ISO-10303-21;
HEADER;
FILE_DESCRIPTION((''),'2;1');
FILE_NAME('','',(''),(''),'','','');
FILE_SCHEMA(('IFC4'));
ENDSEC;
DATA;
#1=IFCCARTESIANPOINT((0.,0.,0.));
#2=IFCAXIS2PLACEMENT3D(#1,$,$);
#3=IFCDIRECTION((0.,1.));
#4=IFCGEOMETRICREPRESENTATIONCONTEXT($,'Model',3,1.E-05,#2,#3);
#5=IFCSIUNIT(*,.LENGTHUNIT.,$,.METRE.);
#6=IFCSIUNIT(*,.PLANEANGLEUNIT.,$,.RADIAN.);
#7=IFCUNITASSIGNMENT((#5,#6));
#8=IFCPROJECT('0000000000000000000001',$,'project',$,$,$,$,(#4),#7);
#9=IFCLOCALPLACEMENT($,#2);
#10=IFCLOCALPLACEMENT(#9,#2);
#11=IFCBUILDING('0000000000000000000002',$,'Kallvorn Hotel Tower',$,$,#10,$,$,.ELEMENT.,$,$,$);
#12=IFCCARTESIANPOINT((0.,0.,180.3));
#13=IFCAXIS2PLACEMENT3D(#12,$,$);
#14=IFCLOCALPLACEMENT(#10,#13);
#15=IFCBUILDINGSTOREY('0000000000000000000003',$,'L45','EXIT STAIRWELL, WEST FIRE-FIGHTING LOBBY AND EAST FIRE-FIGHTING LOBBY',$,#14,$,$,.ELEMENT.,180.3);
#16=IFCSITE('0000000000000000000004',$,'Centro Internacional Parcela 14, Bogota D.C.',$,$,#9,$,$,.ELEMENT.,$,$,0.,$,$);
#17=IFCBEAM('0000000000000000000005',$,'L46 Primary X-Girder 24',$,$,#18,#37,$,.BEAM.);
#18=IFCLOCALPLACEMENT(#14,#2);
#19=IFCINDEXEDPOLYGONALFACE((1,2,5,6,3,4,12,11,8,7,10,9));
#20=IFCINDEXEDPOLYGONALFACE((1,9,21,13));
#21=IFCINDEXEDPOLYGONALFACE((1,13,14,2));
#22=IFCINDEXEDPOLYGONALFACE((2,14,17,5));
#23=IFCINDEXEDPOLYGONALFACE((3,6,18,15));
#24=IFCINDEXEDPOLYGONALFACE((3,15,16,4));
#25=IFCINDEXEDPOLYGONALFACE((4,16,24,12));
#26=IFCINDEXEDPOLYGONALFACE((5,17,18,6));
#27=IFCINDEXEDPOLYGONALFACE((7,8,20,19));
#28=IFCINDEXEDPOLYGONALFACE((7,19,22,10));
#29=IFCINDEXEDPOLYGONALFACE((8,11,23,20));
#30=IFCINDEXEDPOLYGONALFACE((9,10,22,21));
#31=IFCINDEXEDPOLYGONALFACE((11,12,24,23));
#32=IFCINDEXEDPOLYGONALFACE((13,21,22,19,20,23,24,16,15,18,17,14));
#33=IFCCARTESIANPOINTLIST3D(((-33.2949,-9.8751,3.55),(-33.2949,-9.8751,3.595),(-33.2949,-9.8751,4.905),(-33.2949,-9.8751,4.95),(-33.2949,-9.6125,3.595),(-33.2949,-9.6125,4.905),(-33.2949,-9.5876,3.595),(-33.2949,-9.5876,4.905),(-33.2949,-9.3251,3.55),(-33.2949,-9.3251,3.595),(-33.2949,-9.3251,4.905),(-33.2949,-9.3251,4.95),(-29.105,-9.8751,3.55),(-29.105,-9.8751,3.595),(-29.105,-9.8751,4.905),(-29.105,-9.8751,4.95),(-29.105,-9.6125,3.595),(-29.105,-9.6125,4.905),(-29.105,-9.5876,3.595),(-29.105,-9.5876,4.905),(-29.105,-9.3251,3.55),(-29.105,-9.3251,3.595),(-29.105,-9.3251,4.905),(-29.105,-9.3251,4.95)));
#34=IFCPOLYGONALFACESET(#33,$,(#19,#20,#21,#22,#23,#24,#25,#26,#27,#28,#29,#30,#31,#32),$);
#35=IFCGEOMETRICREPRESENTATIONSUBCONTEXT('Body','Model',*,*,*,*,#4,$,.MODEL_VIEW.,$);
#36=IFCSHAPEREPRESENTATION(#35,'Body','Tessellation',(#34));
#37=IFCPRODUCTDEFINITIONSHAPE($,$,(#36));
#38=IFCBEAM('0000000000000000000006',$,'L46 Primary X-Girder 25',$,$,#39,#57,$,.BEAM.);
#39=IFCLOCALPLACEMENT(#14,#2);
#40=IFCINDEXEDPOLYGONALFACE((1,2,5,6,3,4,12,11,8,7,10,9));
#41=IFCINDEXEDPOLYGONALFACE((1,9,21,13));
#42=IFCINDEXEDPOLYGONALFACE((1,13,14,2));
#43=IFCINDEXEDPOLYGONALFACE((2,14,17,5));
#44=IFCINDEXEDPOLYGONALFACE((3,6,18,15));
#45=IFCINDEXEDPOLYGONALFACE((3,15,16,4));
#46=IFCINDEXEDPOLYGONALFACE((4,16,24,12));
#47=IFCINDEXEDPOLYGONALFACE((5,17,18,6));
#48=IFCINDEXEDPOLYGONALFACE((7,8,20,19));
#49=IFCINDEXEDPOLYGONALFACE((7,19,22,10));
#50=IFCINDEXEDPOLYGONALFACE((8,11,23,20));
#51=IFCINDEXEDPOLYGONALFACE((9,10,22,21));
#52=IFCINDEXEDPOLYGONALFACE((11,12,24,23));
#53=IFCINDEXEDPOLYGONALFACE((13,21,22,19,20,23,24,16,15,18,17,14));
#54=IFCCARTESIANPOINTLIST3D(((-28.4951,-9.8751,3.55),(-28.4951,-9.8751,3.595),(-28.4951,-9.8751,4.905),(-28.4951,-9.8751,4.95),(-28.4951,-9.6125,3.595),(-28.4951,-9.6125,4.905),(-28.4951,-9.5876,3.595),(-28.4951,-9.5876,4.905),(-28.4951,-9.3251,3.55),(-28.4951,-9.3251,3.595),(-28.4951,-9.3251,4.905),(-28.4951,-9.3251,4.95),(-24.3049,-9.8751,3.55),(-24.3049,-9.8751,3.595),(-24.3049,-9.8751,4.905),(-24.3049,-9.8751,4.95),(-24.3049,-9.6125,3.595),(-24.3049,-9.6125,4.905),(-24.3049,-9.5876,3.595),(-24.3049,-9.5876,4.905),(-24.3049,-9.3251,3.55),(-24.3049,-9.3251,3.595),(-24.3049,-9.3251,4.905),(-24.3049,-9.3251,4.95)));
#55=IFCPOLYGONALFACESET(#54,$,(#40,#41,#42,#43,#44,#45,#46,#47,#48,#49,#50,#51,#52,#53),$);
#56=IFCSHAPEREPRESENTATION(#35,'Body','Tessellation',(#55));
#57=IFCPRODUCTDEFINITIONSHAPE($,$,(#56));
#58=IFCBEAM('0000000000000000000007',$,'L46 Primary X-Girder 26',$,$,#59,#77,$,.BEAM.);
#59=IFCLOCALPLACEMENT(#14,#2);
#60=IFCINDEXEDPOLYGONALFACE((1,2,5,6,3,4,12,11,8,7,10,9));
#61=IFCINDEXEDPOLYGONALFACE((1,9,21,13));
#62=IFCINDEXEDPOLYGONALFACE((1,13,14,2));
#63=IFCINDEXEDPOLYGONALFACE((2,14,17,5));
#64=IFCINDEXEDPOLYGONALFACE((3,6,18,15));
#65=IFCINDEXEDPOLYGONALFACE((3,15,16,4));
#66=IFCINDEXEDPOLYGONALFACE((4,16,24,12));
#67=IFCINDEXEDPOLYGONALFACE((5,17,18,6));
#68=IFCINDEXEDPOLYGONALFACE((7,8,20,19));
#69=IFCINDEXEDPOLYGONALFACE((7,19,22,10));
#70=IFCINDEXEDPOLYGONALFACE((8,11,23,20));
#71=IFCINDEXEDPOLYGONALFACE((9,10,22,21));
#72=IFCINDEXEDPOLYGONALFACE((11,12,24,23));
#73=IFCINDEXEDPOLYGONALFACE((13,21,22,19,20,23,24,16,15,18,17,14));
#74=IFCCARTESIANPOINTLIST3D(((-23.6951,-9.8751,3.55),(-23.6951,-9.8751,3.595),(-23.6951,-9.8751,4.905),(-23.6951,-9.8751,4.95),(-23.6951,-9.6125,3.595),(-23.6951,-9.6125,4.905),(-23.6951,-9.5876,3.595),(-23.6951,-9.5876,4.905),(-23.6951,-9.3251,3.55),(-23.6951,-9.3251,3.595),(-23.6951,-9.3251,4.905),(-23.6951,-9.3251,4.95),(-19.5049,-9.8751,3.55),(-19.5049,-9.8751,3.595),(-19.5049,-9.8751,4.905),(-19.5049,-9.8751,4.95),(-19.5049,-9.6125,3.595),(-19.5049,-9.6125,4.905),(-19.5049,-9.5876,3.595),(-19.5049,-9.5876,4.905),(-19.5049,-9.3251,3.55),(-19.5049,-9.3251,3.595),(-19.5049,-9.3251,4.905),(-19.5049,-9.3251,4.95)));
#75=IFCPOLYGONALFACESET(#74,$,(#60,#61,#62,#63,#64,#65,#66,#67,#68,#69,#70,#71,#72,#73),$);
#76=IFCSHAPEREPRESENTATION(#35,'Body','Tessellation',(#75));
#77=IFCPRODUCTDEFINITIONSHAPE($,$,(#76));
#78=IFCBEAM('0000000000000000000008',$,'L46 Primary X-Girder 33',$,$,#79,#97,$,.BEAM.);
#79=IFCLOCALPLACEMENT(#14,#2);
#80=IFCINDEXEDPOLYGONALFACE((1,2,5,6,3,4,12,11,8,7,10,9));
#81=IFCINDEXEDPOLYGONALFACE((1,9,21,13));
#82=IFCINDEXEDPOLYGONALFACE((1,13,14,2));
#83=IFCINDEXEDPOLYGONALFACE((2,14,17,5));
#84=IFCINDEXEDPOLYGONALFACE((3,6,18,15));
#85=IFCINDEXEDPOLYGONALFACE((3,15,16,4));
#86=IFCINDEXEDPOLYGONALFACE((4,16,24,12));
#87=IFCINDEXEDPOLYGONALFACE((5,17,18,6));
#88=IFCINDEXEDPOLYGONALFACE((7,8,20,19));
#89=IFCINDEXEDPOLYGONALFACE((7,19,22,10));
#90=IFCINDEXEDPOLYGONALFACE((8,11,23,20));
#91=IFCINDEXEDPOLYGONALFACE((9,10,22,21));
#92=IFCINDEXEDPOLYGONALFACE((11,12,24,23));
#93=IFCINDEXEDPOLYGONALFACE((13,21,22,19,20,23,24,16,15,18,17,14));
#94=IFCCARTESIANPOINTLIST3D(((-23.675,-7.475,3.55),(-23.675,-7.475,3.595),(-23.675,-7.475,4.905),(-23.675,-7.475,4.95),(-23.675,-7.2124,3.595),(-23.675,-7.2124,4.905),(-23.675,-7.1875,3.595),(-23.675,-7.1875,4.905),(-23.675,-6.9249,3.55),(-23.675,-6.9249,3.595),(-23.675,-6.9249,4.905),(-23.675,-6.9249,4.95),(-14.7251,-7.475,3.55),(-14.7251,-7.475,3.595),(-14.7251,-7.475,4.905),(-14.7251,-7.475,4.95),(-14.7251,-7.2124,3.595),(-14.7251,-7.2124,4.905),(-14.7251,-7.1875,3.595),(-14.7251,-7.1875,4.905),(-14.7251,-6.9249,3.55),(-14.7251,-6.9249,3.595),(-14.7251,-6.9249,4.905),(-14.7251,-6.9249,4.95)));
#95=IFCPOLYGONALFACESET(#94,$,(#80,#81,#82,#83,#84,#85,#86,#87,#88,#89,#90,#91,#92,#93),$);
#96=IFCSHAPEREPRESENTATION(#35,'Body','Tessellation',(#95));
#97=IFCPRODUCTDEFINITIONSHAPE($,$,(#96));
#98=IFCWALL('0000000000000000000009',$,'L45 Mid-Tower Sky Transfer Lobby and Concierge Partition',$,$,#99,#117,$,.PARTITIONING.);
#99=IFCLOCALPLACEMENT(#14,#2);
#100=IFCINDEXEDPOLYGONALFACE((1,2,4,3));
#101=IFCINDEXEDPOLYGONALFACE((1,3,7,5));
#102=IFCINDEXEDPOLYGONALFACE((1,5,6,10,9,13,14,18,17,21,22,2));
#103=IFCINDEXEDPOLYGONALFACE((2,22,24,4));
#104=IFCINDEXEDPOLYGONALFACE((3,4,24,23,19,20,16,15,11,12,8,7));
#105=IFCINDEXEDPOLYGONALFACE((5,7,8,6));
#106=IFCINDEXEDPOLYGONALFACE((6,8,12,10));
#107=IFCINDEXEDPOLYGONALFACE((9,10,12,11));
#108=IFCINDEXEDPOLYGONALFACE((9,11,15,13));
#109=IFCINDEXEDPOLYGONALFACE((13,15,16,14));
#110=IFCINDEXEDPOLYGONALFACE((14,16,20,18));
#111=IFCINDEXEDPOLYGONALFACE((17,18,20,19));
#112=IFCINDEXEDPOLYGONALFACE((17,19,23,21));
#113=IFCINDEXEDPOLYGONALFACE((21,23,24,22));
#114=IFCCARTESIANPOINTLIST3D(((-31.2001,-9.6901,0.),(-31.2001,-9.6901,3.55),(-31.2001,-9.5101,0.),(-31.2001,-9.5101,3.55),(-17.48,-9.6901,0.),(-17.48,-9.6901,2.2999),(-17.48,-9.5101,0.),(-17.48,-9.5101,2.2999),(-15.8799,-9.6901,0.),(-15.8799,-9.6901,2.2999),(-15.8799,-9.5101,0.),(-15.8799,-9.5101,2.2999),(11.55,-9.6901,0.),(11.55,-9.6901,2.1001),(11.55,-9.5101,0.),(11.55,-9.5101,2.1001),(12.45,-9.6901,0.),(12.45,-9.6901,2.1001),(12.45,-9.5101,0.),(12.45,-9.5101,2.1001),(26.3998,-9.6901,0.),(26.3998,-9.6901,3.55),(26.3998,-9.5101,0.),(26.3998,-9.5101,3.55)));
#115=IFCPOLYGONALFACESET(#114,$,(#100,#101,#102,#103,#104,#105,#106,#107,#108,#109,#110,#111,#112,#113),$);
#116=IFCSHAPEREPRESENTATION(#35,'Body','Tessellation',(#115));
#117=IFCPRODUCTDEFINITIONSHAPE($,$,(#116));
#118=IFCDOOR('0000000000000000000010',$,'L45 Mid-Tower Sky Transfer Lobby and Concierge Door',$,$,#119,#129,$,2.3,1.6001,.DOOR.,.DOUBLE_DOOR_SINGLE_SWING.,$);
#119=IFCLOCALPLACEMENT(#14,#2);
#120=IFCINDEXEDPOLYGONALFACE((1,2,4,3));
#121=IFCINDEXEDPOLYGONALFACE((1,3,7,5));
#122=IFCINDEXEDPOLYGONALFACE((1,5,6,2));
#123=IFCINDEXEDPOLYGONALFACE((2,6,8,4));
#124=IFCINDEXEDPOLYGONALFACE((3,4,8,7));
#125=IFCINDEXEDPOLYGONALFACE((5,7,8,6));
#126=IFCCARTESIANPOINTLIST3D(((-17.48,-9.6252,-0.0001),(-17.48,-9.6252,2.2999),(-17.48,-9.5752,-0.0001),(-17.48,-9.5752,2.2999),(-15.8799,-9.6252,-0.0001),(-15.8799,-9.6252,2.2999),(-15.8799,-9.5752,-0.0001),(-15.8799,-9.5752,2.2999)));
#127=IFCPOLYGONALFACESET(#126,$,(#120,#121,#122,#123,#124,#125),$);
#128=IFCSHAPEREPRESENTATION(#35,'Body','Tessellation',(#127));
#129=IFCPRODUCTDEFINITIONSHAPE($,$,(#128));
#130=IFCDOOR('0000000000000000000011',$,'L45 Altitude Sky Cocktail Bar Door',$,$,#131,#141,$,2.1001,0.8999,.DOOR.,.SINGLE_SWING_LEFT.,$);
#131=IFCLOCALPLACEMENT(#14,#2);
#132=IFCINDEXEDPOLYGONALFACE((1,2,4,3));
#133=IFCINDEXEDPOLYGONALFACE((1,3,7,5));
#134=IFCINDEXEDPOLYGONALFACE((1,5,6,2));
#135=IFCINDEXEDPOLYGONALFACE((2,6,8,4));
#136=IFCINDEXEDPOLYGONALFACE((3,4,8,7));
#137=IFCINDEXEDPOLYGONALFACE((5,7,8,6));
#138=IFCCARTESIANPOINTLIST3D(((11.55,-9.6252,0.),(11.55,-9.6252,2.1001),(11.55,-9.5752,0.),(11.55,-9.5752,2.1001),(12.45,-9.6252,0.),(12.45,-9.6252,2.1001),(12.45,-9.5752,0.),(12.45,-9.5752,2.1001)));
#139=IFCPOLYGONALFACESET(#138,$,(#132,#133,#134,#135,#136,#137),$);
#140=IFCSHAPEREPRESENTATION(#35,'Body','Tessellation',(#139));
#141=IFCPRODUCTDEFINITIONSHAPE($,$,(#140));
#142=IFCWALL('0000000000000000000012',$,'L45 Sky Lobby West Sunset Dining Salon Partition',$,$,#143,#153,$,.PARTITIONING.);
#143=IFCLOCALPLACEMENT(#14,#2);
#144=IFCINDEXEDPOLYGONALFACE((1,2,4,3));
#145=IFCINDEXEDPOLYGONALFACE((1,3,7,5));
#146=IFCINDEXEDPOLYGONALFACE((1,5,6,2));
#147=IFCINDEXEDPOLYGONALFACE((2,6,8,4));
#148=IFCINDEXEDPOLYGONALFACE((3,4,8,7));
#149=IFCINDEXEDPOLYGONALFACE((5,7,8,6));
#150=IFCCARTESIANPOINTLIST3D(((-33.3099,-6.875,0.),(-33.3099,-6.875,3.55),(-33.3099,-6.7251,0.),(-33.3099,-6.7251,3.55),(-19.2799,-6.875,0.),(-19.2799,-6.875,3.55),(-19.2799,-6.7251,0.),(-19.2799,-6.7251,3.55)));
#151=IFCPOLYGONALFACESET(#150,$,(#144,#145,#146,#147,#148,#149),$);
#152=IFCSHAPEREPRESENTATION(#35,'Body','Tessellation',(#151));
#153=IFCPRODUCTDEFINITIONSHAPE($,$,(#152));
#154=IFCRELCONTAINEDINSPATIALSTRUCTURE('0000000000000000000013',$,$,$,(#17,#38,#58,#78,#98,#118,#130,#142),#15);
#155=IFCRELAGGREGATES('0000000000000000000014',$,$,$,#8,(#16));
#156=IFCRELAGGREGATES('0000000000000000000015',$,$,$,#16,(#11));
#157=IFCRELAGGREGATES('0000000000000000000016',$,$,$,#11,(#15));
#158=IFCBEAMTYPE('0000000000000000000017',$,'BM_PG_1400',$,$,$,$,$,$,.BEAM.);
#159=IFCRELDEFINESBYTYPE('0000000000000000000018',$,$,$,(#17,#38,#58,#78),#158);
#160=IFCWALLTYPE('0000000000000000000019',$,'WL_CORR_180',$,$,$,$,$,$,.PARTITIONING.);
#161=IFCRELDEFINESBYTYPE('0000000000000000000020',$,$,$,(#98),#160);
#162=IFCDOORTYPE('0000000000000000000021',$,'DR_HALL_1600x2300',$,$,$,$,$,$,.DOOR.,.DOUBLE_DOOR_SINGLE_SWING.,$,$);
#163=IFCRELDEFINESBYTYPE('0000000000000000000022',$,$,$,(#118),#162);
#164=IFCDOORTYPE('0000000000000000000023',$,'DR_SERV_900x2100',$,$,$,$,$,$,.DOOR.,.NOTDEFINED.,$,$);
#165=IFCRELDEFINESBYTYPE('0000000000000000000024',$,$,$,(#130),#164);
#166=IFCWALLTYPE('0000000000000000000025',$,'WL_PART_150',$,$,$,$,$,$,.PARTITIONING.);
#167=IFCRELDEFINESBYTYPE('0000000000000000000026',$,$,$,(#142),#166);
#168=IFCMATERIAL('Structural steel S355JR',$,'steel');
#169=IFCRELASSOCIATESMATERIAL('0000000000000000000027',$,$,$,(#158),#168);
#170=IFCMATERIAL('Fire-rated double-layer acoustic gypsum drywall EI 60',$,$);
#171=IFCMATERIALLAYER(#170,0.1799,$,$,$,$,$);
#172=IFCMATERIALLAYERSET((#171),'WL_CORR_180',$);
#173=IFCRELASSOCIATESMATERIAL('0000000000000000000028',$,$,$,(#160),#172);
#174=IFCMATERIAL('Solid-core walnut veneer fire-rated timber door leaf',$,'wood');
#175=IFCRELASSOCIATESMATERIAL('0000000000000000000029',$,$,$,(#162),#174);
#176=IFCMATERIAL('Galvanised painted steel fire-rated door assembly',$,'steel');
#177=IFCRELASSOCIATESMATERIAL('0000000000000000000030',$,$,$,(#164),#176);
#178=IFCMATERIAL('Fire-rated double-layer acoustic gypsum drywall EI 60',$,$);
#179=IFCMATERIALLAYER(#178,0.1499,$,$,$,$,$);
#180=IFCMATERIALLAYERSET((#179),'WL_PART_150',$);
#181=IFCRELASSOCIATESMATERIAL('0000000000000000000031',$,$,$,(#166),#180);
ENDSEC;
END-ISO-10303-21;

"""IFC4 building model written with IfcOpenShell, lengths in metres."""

from ifc_helpers import new_model, si_unit, direction, frame, frame_2d, origin, origin_2d, place, context, subcontext, project, spatial, rectangle, i_section, extrude, material, layer, layer_set, material_profile, profile_set, type_object, element, fill, save


model = new_model("IFC4")

# Units and contexts
model_context = context("Model", 3, precision=1e-05, world=origin(), true_north=direction((0.0, 1.0)))
body_context = subcontext(model_context, "Body", "Model", "MODEL_VIEW")
ifc_project = project(units=[si_unit("LENGTHUNIT", "METRE"), si_unit("PLANEANGLEUNIT", "RADIAN")], contexts=[model_context])

# Site, building, storey
site_placement = place(None, origin())
site = spatial("IfcSite", under=ifc_project, at=site_placement, Name="Centro Internacional Parcela 14, Bogota D.C.", CompositionType="ELEMENT", RefElevation=0.0)
building_placement = place(site_placement, origin())
building = spatial("IfcBuilding", under=site, at=building_placement, Name="Kallvorn Hotel Tower", CompositionType="ELEMENT")
storey_placement = place(building_placement, frame((0.0, 0.0, 180.3)))
storey = spatial("IfcBuildingStorey", under=building, at=storey_placement, Name="L45", Description="EXIT STAIRWELL, WEST FIRE-FIGHTING LOBBY AND EAST FIRE-FIGHTING LOBBY", CompositionType="ELEMENT", Elevation=180.3)

# Beams
ifc_material_1 = material(Name="Structural steel S355JR", Category="steel")
ifc_material_profile_1 = material_profile(ifc_material_1, i_section(OverallWidth=0.55, OverallDepth=1.3999, WebThickness=0.0249, FlangeThickness=0.0449, at=origin_2d()), Name="PG 1400x550x25x45")
ifc_profile_set_1 = profile_set([ifc_material_profile_1], Name="Structural steel S355JR")
beam_type_1 = type_object("IfcBeamType", Name="BM_PG_1400", PredefinedType="BEAM", material=ifc_profile_set_1)
beam_1_placement = place(storey_placement, frame((-33.2949, -9.6001, 4.25), z_axis=(1.0, 0.0, 0.0), x_axis=(0.0, 1.0, 0.0)))
element("IfcBeam", 1, at=beam_1_placement, inside=storey, type_object=beam_type_1, Name="L46 Primary X-Girder 24", PredefinedType="BEAM", context=body_context, shape_type="SweptSolid", body=[
    extrude(i_section(OverallWidth=0.55, OverallDepth=1.3999, WebThickness=0.0249, FlangeThickness=0.0449, at=origin_2d()), origin(), (0.0, 0.0, 1.0), 4.1899),
])
for number, where, z_axis, x_axis, name in (
    (2, (-28.4951, -9.6001, 4.25), (1.0, 0.0, 0.0), (0.0, 1.0, 0.0), "L46 Primary X-Girder 25"),
    (3, (-23.6951, -9.6001, 4.25), (1.0, 0.0, 0.0), (0.0, 1.0, 0.0), "L46 Primary X-Girder 26"),
):
    element("IfcBeam", number, at=place(storey_placement, frame(where, z_axis=z_axis, x_axis=x_axis)), inside=storey, type_object=beam_type_1, Name=name, PredefinedType="BEAM", context=body_context, shape_type="SweptSolid", body=[
        extrude(i_section(OverallWidth=0.55, OverallDepth=1.3999, WebThickness=0.0249, FlangeThickness=0.0449, at=origin_2d()), origin(), (0.0, 0.0, 1.0), 4.1902),
    ])
beam_2_placement = place(storey_placement, frame((-23.675, -7.2, 4.25), z_axis=(1.0, 0.0, 0.0), x_axis=(0.0, 1.0, 0.0)))
element("IfcBeam", 4, at=beam_2_placement, inside=storey, type_object=beam_type_1, Name="L46 Primary X-Girder 33", PredefinedType="BEAM", context=body_context, shape_type="SweptSolid", body=[
    extrude(i_section(OverallWidth=0.55, OverallDepth=1.3999, WebThickness=0.0249, FlangeThickness=0.0449, at=origin_2d()), origin(), (0.0, 0.0, 1.0), 8.95),
])

# Wall, openings, doors
ifc_material_2 = material(Name="Fire-rated double-layer acoustic gypsum drywall EI 60")
ifc_layer_1 = layer(ifc_material_2, 0.1799)
ifc_layer_set_1 = layer_set([ifc_layer_1], Name="WL_CORR_180")
wall_type_1 = type_object("IfcWallType", Name="WL_CORR_180", PredefinedType="PARTITIONING", material=ifc_layer_set_1)
wall_1_placement = place(storey_placement, frame((-31.2, -9.6001, 0.0), z_axis=(0.0, 0.0, 1.0), x_axis=(1.0, 0.0, 0.0)))
wall_1 = element("IfcWall", 5, at=wall_1_placement, inside=storey, type_object=wall_type_1, Name="L45 Mid-Tower Sky Transfer Lobby and Concierge Partition", PredefinedType="PARTITIONING", context=body_context, shape_type="SweptSolid", body=[
    extrude(rectangle(XDim=57.5999, YDim=0.1799, at=frame_2d((28.7998, 0.0))), origin(), (0.0, 0.0, 1.0), 3.55),
])
opening_1_placement = place(wall_1_placement, frame((13.72, 0.0, 0.0)))
opening_1 = element("IfcOpeningElement", 6, at=opening_1_placement, cuts=wall_1, PredefinedType="OPENING", context=body_context, shape_type="SweptSolid", body=[
    extrude(rectangle(XDim=1.6001, YDim=2.3, at=frame_2d((0.8, 1.1499))), frame((0.0, 0.1047, 0.0), z_axis=(0.0, -1.0, 0.0), x_axis=(1.0, 0.0, 0.0)), (0.0, 0.0, 1.0), 0.21),
])
opening_2_placement = place(wall_1_placement, frame((42.75, 0.0, 0.0)))
opening_2 = element("IfcOpeningElement", 7, at=opening_2_placement, cuts=wall_1, PredefinedType="OPENING", context=body_context, shape_type="SweptSolid", body=[
    extrude(rectangle(XDim=0.8999, YDim=2.1001, at=frame_2d((0.45, 1.05))), frame((0.0, 0.1047, 0.0), z_axis=(0.0, -1.0, 0.0), x_axis=(1.0, 0.0, 0.0)), (0.0, 0.0, 1.0), 0.21),
])
ifc_material_3 = material(Name="Solid-core walnut veneer fire-rated timber door leaf", Category="wood")
door_type_1 = type_object("IfcDoorType", Name="DR_HALL_1600x2300", OperationType="DOUBLE_DOOR_SINGLE_SWING", PredefinedType="DOOR", material=ifc_material_3)
door_1_placement = place(opening_1_placement, origin())
door_1 = element("IfcDoor", 8, at=door_1_placement, inside=storey, type_object=door_type_1, Name="L45 Mid-Tower Sky Transfer Lobby and Concierge Door", OperationType="DOUBLE_DOOR_SINGLE_SWING", OverallHeight=2.3, OverallWidth=1.6001, PredefinedType="DOOR", context=body_context, shape_type="SweptSolid", body=[
    extrude(rectangle(XDim=1.6001, YDim=2.3, at=frame_2d((0.8, 1.1499))), frame((0.0, 0.0249, 0.0), z_axis=(0.0, -1.0, 0.0), x_axis=(1.0, 0.0, 0.0)), (0.0, 0.0, 1.0), 0.05),
])
fill(opening_1, door_1)
ifc_material_4 = material(Name="Galvanised painted steel fire-rated door assembly", Category="steel")
door_type_2 = type_object("IfcDoorType", Name="DR_SERV_900x2100", OperationType="NOTDEFINED", PredefinedType="DOOR", material=ifc_material_4)
door_2_placement = place(opening_2_placement, origin())
door_2 = element("IfcDoor", 9, at=door_2_placement, inside=storey, type_object=door_type_2, Name="L45 Altitude Sky Cocktail Bar Door", OperationType="SINGLE_SWING_LEFT", OverallHeight=2.1001, OverallWidth=0.8999, PredefinedType="DOOR", context=body_context, shape_type="SweptSolid", body=[
    extrude(rectangle(XDim=0.8999, YDim=2.1001, at=frame_2d((0.45, 1.05))), frame((0.0, 0.0249, 0.0), z_axis=(0.0, -1.0, 0.0), x_axis=(1.0, 0.0, 0.0)), (0.0, 0.0, 1.0), 0.05),
])
fill(opening_2, door_2)

# Wall
ifc_material_5 = material(Name="Fire-rated double-layer acoustic gypsum drywall EI 60")
ifc_layer_2 = layer(ifc_material_5, 0.1499)
ifc_layer_set_2 = layer_set([ifc_layer_2], Name="WL_PART_150")
wall_type_2 = type_object("IfcWallType", Name="WL_PART_150", PredefinedType="PARTITIONING", material=ifc_layer_set_2)
wall_2_placement = place(storey_placement, frame((-33.3101, -6.8, 0.0), z_axis=(0.0, 0.0, 1.0), x_axis=(1.0, 0.0, 0.0)))
element("IfcWall", 10, at=wall_2_placement, inside=storey, type_object=wall_type_2, Name="L45 Sky Lobby West Sunset Dining Salon Partition", PredefinedType="PARTITIONING", context=body_context, shape_type="SweptSolid", body=[
    extrude(rectangle(XDim=14.03, YDim=0.1499, at=frame_2d((7.0151, 0.0))), origin(), (0.0, 0.0, 1.0), 3.55),
])

save(model, "model.ifc")
